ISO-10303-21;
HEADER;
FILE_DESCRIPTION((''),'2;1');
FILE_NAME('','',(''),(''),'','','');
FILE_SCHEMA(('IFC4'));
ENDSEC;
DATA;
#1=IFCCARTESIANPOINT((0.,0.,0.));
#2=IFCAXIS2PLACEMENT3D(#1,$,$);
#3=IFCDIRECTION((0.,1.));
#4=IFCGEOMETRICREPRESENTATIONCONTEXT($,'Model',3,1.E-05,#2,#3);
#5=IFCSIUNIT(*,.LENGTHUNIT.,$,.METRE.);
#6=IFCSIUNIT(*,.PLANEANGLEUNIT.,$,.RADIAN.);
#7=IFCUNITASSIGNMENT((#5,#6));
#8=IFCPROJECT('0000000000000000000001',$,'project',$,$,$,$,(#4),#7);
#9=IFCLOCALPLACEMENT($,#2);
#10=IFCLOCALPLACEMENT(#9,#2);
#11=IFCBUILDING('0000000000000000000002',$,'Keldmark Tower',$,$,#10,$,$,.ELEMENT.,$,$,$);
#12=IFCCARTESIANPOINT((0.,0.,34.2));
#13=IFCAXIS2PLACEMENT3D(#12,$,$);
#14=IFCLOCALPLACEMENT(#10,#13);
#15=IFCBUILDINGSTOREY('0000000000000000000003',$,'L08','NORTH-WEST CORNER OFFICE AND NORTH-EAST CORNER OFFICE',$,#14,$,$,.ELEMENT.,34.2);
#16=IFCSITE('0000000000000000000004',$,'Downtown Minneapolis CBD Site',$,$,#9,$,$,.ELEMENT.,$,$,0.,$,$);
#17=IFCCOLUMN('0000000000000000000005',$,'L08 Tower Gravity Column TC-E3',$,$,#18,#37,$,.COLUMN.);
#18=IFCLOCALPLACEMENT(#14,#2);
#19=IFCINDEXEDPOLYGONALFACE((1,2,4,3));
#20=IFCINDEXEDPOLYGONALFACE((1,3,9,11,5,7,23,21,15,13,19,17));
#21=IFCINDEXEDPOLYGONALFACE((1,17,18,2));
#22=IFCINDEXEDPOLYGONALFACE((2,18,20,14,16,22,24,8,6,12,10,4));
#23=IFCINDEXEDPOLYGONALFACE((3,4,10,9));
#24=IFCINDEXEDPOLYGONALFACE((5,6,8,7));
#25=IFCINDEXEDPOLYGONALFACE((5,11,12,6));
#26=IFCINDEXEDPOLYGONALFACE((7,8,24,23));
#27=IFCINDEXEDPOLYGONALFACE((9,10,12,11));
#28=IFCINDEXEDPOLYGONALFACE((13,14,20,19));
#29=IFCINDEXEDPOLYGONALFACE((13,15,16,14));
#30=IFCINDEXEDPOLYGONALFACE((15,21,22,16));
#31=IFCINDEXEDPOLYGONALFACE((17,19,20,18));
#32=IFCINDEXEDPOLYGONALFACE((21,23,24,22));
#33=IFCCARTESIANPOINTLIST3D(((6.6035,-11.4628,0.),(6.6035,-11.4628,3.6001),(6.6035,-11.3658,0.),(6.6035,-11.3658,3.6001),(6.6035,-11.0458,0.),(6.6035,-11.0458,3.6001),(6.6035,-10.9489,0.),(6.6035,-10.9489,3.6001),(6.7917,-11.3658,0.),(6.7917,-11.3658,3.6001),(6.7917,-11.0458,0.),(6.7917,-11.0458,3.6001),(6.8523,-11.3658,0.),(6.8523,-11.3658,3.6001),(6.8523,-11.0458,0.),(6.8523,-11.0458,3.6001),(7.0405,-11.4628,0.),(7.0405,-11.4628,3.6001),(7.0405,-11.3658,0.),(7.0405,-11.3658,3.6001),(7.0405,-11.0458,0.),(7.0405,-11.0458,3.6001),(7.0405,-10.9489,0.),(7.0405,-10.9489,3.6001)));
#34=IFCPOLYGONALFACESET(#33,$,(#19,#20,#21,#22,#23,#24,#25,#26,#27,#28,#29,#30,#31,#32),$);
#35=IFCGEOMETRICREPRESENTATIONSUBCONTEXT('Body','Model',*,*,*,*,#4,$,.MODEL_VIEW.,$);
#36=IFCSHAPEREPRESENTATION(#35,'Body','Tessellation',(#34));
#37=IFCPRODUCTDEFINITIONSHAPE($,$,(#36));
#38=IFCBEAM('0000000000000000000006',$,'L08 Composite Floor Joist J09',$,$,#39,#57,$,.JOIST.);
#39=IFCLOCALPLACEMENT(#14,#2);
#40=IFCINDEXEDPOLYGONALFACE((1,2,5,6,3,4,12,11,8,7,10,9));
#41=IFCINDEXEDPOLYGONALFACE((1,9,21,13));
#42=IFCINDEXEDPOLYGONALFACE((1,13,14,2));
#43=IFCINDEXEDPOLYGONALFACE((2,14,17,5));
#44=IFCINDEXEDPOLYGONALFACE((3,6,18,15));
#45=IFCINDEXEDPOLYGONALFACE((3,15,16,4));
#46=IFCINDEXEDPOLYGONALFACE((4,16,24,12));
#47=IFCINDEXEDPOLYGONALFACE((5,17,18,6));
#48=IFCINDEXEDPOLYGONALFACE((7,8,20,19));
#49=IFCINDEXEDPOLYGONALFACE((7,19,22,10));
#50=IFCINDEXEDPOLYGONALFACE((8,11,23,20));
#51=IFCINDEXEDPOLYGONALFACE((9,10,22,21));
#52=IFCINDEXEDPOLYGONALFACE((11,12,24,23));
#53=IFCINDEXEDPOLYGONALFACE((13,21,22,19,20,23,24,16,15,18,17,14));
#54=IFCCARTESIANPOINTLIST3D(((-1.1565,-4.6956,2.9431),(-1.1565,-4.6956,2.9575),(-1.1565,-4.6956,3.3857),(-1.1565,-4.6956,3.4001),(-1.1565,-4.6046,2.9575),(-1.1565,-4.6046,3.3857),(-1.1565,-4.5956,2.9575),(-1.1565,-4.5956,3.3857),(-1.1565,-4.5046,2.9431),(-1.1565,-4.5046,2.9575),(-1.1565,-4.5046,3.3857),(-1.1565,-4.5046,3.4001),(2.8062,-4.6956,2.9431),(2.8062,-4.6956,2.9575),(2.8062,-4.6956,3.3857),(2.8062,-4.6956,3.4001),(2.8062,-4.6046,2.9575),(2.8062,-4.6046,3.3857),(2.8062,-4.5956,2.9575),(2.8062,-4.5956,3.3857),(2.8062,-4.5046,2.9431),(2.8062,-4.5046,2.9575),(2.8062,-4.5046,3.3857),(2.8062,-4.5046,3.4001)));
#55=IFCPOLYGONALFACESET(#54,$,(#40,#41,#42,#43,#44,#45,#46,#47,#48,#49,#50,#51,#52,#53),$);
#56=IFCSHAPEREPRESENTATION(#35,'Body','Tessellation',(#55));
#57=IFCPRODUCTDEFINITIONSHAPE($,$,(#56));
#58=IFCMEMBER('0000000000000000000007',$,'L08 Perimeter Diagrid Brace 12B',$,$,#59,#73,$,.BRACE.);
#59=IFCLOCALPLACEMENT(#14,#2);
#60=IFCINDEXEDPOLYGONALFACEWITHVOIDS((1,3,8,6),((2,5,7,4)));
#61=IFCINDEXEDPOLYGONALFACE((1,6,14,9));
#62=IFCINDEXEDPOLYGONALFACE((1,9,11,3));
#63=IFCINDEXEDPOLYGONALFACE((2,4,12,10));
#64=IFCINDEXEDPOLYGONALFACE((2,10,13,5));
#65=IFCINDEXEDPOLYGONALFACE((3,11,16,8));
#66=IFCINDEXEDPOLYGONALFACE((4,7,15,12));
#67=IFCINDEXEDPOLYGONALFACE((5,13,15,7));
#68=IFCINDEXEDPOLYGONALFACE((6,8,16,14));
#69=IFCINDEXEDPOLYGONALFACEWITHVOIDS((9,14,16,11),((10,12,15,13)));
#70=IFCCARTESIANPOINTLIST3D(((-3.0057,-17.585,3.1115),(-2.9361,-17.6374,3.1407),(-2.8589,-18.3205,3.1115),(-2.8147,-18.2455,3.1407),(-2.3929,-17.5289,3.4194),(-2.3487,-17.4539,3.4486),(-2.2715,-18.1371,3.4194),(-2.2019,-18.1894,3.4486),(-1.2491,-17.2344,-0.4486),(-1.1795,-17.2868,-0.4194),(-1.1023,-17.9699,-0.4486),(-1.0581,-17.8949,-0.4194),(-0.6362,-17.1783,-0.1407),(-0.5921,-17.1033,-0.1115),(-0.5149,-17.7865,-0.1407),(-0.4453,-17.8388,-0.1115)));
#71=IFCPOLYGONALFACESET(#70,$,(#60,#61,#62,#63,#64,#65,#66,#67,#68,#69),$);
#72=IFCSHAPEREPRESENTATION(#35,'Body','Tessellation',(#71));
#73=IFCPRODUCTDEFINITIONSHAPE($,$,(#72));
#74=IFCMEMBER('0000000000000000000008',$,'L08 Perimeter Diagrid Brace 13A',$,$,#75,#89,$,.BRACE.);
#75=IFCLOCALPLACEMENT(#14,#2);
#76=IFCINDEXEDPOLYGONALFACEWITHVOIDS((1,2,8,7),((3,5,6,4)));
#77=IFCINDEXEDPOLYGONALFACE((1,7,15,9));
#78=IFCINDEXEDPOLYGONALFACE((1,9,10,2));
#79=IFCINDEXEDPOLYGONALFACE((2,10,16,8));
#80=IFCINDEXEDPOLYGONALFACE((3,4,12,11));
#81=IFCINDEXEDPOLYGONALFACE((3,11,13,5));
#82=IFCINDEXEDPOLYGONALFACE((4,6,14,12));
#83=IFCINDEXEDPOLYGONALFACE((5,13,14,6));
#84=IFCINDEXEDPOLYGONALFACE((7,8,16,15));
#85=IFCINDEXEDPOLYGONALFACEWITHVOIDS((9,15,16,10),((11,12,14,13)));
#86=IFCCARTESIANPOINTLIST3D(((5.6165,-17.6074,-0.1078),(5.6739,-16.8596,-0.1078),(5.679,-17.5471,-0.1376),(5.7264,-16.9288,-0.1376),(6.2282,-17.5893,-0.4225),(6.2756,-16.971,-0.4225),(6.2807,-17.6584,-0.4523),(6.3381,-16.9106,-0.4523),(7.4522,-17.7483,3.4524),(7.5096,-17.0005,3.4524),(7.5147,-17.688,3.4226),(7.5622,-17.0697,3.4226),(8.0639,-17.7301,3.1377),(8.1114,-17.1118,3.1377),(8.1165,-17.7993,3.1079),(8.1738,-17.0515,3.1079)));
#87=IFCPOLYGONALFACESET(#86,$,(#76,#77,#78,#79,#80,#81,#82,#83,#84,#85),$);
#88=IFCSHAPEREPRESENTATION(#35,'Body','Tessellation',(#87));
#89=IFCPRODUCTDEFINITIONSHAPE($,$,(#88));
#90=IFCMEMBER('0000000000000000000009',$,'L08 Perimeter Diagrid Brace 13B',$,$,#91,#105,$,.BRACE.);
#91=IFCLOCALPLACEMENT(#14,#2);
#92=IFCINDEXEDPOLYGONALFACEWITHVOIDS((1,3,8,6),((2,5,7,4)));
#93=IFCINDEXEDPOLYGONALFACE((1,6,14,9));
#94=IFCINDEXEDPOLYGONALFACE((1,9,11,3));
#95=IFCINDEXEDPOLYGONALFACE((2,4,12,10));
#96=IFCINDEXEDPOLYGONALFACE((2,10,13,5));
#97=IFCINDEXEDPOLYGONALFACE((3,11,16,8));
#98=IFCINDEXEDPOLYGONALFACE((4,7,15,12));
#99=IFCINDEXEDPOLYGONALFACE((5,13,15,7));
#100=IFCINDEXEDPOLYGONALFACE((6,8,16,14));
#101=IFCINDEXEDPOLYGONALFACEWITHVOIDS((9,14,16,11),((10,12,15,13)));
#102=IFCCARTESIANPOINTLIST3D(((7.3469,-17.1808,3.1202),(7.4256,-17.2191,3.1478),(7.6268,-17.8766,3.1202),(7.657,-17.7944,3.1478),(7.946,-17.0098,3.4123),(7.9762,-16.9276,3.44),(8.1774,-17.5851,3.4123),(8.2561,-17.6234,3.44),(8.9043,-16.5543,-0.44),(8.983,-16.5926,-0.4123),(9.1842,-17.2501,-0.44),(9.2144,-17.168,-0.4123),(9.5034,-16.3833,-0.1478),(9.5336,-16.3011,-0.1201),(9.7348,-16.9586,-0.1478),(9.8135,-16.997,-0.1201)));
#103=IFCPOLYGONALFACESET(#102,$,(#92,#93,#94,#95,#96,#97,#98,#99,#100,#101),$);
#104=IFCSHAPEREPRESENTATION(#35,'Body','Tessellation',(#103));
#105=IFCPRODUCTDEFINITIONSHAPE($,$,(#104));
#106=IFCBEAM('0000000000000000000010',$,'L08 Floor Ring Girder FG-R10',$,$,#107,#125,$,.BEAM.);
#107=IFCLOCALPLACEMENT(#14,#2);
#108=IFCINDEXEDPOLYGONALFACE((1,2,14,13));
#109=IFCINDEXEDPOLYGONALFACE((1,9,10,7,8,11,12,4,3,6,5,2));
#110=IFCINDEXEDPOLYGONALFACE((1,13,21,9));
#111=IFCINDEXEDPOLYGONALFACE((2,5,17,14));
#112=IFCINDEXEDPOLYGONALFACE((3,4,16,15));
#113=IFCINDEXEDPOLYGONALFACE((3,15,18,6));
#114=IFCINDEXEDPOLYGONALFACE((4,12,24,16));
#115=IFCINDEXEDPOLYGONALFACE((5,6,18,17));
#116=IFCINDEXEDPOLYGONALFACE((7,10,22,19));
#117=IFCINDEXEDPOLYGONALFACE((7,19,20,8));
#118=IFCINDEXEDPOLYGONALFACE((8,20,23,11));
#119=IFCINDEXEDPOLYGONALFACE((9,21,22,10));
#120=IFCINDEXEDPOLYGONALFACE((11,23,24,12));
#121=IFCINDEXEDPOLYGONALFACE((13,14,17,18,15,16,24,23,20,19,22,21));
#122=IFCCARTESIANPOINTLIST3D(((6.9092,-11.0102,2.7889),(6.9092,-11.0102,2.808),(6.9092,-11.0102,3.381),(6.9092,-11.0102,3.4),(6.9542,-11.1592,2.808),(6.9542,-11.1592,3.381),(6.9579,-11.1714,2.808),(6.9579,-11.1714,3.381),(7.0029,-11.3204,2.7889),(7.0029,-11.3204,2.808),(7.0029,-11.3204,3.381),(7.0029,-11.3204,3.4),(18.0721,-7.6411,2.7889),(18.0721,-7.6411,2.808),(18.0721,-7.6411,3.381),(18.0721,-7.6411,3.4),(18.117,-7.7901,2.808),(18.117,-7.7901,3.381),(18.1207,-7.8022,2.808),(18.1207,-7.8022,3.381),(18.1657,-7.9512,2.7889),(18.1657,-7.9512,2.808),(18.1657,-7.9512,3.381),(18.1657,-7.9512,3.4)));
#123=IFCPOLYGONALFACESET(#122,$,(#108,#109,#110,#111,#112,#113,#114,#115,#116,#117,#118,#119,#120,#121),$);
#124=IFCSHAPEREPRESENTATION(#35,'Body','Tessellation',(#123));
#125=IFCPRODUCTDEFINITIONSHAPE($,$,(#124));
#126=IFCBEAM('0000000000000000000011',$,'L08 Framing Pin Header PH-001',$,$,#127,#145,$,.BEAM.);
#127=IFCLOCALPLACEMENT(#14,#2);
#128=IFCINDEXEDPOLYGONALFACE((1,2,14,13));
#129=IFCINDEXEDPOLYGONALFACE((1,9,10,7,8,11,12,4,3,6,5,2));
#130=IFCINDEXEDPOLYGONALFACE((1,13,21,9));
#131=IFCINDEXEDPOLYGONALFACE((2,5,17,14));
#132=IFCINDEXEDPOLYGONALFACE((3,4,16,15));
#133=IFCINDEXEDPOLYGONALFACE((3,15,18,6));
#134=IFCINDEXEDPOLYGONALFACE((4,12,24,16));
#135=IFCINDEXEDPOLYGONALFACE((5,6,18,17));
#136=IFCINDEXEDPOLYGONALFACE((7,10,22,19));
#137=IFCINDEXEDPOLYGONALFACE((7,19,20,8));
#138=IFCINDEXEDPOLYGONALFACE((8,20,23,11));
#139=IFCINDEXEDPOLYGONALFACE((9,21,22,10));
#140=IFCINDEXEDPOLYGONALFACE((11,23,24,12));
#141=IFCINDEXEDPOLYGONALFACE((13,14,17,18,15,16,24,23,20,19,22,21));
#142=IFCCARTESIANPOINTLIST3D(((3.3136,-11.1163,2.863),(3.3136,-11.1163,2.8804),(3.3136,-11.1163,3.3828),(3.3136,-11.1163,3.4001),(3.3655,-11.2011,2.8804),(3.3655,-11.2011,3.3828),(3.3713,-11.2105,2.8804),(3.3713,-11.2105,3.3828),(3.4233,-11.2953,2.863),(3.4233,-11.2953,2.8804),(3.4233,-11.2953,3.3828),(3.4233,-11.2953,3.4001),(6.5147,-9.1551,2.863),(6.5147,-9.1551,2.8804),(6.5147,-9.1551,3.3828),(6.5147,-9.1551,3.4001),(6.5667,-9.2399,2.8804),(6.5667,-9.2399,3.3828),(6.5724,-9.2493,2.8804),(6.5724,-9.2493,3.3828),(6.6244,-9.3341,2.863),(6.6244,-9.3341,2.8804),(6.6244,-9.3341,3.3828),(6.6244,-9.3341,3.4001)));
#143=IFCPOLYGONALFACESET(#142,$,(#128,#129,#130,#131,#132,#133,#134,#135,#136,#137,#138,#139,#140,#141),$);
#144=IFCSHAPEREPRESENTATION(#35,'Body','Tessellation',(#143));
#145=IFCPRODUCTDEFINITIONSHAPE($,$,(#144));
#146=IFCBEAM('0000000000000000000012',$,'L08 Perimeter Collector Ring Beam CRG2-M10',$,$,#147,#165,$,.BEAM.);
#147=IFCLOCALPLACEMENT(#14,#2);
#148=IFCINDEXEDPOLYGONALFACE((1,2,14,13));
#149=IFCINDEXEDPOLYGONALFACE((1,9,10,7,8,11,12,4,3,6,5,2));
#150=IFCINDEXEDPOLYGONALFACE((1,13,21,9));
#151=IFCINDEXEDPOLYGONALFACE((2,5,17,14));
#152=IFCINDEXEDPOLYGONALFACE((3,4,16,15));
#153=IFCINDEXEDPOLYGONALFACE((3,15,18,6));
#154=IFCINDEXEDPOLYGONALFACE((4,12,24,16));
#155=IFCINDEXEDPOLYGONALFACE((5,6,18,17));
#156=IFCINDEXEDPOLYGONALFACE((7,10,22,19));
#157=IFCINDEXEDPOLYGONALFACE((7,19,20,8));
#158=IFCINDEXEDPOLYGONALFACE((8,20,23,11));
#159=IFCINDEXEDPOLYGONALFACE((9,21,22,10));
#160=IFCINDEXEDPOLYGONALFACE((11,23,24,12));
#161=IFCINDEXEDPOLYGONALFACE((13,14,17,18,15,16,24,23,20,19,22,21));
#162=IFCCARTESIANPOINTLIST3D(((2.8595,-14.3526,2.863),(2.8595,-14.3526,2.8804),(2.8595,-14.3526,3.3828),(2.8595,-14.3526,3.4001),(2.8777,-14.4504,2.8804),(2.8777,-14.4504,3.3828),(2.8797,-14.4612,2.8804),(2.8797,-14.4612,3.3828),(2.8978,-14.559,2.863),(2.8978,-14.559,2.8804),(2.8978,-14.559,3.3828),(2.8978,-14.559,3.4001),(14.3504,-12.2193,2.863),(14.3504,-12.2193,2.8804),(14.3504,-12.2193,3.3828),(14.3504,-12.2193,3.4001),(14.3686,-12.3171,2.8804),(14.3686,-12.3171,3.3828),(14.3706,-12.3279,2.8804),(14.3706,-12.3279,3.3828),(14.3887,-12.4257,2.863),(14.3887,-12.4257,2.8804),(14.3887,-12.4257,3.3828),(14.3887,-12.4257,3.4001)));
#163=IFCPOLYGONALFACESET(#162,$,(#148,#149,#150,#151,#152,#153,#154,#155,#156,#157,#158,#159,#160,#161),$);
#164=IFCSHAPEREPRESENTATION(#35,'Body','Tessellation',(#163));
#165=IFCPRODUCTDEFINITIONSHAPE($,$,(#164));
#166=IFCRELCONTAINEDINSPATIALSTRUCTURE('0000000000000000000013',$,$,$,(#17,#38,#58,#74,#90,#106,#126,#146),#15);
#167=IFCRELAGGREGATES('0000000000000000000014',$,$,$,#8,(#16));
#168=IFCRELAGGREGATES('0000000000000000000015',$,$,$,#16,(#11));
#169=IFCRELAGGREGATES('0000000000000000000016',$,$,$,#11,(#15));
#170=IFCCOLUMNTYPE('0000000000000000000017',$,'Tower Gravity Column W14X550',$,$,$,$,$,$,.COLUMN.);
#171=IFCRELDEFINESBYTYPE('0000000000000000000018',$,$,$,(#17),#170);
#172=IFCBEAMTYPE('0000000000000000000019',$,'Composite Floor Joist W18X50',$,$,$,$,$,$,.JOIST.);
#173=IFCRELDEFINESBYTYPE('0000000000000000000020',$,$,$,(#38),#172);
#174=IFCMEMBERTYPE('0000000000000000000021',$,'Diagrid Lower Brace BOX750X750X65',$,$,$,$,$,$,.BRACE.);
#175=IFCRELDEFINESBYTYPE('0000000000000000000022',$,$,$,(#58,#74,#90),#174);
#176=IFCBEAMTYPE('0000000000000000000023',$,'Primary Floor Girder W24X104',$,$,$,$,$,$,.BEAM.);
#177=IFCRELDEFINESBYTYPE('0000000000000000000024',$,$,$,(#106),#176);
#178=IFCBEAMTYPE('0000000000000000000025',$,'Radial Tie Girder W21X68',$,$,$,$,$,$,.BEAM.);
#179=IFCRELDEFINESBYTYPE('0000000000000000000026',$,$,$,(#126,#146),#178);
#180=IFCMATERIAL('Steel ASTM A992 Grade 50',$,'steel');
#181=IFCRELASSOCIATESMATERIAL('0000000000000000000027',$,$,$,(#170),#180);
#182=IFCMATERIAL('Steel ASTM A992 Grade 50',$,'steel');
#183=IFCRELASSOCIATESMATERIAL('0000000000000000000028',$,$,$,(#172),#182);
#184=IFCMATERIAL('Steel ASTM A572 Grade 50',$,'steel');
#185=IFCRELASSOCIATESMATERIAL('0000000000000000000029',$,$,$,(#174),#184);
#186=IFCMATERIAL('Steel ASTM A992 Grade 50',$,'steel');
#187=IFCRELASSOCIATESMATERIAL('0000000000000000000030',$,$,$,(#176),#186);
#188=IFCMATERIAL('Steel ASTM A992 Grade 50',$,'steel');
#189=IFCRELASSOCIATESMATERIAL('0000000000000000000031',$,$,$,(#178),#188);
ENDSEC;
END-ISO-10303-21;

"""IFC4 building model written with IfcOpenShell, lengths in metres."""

from ifc_helpers import new_model, si_unit, direction, frame, origin, origin_2d, place, context, subcontext, project, spatial, hollow_rectangle, i_section, extrude, material, material_profile, profile_set, type_object, element, save


model = new_model("IFC4")

# Units and contexts
model_context = context("Model", 3, precision=1e-05, world=origin(), true_north=direction((0.0, 1.0)))
body_context = subcontext(model_context, "Body", "Model", "MODEL_VIEW")
ifc_project = project(units=[si_unit("LENGTHUNIT", "METRE"), si_unit("PLANEANGLEUNIT", "RADIAN")], contexts=[model_context])

# Site, building, storey
site_placement = place(None, origin())
site = spatial("IfcSite", under=ifc_project, at=site_placement, Name="Downtown Minneapolis CBD Site", CompositionType="ELEMENT", RefElevation=0.0)
building_placement = place(site_placement, origin())
building = spatial("IfcBuilding", under=site, at=building_placement, Name="Keldmark Tower", CompositionType="ELEMENT")
storey_placement = place(building_placement, frame((0.0, 0.0, 34.2)))
storey = spatial("IfcBuildingStorey", under=building, at=storey_placement, Name="L08", Description="NORTH-WEST CORNER OFFICE AND NORTH-EAST CORNER OFFICE", CompositionType="ELEMENT", Elevation=34.2)

# Column
ifc_material_1 = material(Name="Steel ASTM A992 Grade 50", Category="steel")
ifc_material_profile_1 = material_profile(ifc_material_1, i_section(OverallWidth=0.437, OverallDepth=0.5139, WebThickness=0.0605, FlangeThickness=0.0969, at=origin_2d()), Name="W14X550")
ifc_profile_set_1 = profile_set([ifc_material_profile_1], Name="Steel ASTM A992 Grade 50")
column_type = type_object("IfcColumnType", Name="Tower Gravity Column W14X550", PredefinedType="COLUMN", material=ifc_profile_set_1)
column_placement = place(storey_placement, frame((6.822, -11.2058, 0.0), z_axis=(0.0, 0.0, 1.0), x_axis=(1.0, 0.0, 0.0)))
element("IfcColumn", 1, at=column_placement, inside=storey, type_object=column_type, Name="L08 Tower Gravity Column TC-E3", PredefinedType="COLUMN", context=body_context, shape_type="SweptSolid", body=[
    extrude(i_section(OverallWidth=0.437, OverallDepth=0.5139, WebThickness=0.0605, FlangeThickness=0.0969, at=origin_2d()), origin(), (0.0, 0.0, 1.0), 3.6001),
])

# Beam
ifc_material_2 = material(Name="Steel ASTM A992 Grade 50", Category="steel")
ifc_material_profile_2 = material_profile(ifc_material_2, i_section(OverallWidth=0.1909, OverallDepth=0.457, WebThickness=0.009, FlangeThickness=0.0144, at=origin_2d()), Name="W18X50")
ifc_profile_set_2 = profile_set([ifc_material_profile_2], Name="Steel ASTM A992 Grade 50")
beam_type_1 = type_object("IfcBeamType", Name="Composite Floor Joist W18X50", PredefinedType="JOIST", material=ifc_profile_set_2)
beam_1_placement = place(storey_placement, frame((-1.1565, -4.6001, 3.1716), z_axis=(1.0, 0.0, 0.0), x_axis=(0.0, 1.0, 0.0)))
element("IfcBeam", 2, at=beam_1_placement, inside=storey, type_object=beam_type_1, Name="L08 Composite Floor Joist J09", PredefinedType="JOIST", context=body_context, shape_type="SweptSolid", body=[
    extrude(i_section(OverallWidth=0.1909, OverallDepth=0.457, WebThickness=0.009, FlangeThickness=0.0144, at=origin_2d()), origin(), (0.0, 0.0, 1.0), 3.9626),
])

# Members
ifc_material_3 = material(Name="Steel ASTM A572 Grade 50", Category="steel")
ifc_material_profile_3 = material_profile(ifc_material_3, hollow_rectangle(XDim=0.75, YDim=0.75, WallThickness=0.0649, at=origin_2d()), Name="BOX750X750X65")
ifc_profile_set_3 = profile_set([ifc_material_profile_3], Name="Steel ASTM A572 Grade 50")
member_type = type_object("IfcMemberType", Name="Diagrid Lower Brace BOX750X750X65", PredefinedType="BRACE", material=ifc_profile_set_3)
member_1_placement = place(storey_placement, frame((-0.8472, -17.5366, -0.28), z_axis=(-0.440769, -0.08797, 0.8933), x_axis=(0.195723, -0.980659, 0.0)))
element("IfcMember", 3, at=member_1_placement, inside=storey, type_object=member_type, Name="L08 Perimeter Diagrid Brace 12B", PredefinedType="BRACE", context=body_context, shape_type="SweptSolid", body=[
    extrude(hollow_rectangle(XDim=0.75, YDim=0.75, WallThickness=0.0649, at=origin_2d()), origin(), (0.0, 0.0, 1.0), 3.9854),
])
member_2_placement = place(storey_placement, frame((5.9773, -17.259, -0.28), z_axis=(0.458013, -0.035147, 0.88825), x_axis=(0.076514, 0.997069, 0.0)))
element("IfcMember", 4, at=member_2_placement, inside=storey, type_object=member_type, Name="L08 Perimeter Diagrid Brace 13A", PredefinedType="BRACE", context=body_context, shape_type="SweptSolid", body=[
    extrude(hollow_rectangle(XDim=0.75, YDim=0.75, WallThickness=0.0649, at=origin_2d()), origin(), (0.0, 0.0, 1.0), 4.0081),
])
member_3_placement = place(storey_placement, frame((9.3589, -16.7756, -0.28), z_axis=(-0.395677, -0.159164, 0.904493), x_axis=(0.373195, -0.927753, 0.0)))
element("IfcMember", 5, at=member_3_placement, inside=storey, type_object=member_type, Name="L08 Perimeter Diagrid Brace 13B", PredefinedType="BRACE", context=body_context, shape_type="SweptSolid", body=[
    extrude(hollow_rectangle(XDim=0.75, YDim=0.75, WallThickness=0.0649, at=origin_2d()), origin(), (0.0, 0.0, 1.0), 3.936),
])

# Beams
ifc_material_4 = material(Name="Steel ASTM A992 Grade 50", Category="steel")
ifc_material_profile_4 = material_profile(ifc_material_4, i_section(OverallWidth=0.324, OverallDepth=0.6111, WebThickness=0.0127, FlangeThickness=0.019, at=origin_2d()), Name="W24X104")
ifc_profile_set_4 = profile_set([ifc_material_profile_4], Name="Steel ASTM A992 Grade 50")
beam_type_2 = type_object("IfcBeamType", Name="Primary Floor Girder W24X104", PredefinedType="BEAM", material=ifc_profile_set_4)
beam_2_placement = place(storey_placement, frame((6.9561, -11.1653, 3.0945), z_axis=(0.957346, 0.288944, 0.0), x_axis=(-0.288944, 0.957346, 0.0)))
element("IfcBeam", 6, at=beam_2_placement, inside=storey, type_object=beam_type_2, Name="L08 Floor Ring Girder FG-R10", PredefinedType="BEAM", context=body_context, shape_type="SweptSolid", body=[
    extrude(i_section(OverallWidth=0.324, OverallDepth=0.6111, WebThickness=0.0127, FlangeThickness=0.019, at=origin_2d()), origin(), (0.0, 0.0, 1.0), 11.6602),
])
ifc_material_5 = material(Name="Steel ASTM A992 Grade 50", Category="steel")
ifc_material_profile_5 = material_profile(ifc_material_5, i_section(OverallWidth=0.21, OverallDepth=0.5371, WebThickness=0.011, FlangeThickness=0.0173, at=origin_2d()), Name="W21X68")
ifc_profile_set_5 = profile_set([ifc_material_profile_5], Name="Steel ASTM A992 Grade 50")
beam_type_3 = type_object("IfcBeamType", Name="Radial Tie Girder W21X68", PredefinedType="BEAM", material=ifc_profile_set_5)
beam_3_placement = place(storey_placement, frame((6.5696, -9.2446, 3.1316), z_axis=(-0.852699, -0.522402, 0.0), x_axis=(0.522402, -0.852699, 0.0)))
element("IfcBeam", 7, at=beam_3_placement, inside=storey, type_object=beam_type_3, Name="L08 Framing Pin Header PH-001", PredefinedType="BEAM", context=body_context, shape_type="SweptSolid", body=[
    extrude(i_section(OverallWidth=0.21, OverallDepth=0.5371, WebThickness=0.011, FlangeThickness=0.0173, at=origin_2d()), origin(), (0.0, 0.0, 1.0), 3.7542),
])
beam_4_placement = place(storey_placement, frame((2.8787, -14.4558, 3.1316), z_axis=(0.9832, 0.182531, 0.0), x_axis=(-0.182531, 0.9832, 0.0)))
element("IfcBeam", 8, at=beam_4_placement, inside=storey, type_object=beam_type_3, Name="L08 Perimeter Collector Ring Beam CRG2-M10", PredefinedType="BEAM", context=body_context, shape_type="SweptSolid", body=[
    extrude(i_section(OverallWidth=0.21, OverallDepth=0.5371, WebThickness=0.011, FlangeThickness=0.0173, at=origin_2d()), origin(), (0.0, 0.0, 1.0), 11.6873),
])

save(model, "model.ifc")
